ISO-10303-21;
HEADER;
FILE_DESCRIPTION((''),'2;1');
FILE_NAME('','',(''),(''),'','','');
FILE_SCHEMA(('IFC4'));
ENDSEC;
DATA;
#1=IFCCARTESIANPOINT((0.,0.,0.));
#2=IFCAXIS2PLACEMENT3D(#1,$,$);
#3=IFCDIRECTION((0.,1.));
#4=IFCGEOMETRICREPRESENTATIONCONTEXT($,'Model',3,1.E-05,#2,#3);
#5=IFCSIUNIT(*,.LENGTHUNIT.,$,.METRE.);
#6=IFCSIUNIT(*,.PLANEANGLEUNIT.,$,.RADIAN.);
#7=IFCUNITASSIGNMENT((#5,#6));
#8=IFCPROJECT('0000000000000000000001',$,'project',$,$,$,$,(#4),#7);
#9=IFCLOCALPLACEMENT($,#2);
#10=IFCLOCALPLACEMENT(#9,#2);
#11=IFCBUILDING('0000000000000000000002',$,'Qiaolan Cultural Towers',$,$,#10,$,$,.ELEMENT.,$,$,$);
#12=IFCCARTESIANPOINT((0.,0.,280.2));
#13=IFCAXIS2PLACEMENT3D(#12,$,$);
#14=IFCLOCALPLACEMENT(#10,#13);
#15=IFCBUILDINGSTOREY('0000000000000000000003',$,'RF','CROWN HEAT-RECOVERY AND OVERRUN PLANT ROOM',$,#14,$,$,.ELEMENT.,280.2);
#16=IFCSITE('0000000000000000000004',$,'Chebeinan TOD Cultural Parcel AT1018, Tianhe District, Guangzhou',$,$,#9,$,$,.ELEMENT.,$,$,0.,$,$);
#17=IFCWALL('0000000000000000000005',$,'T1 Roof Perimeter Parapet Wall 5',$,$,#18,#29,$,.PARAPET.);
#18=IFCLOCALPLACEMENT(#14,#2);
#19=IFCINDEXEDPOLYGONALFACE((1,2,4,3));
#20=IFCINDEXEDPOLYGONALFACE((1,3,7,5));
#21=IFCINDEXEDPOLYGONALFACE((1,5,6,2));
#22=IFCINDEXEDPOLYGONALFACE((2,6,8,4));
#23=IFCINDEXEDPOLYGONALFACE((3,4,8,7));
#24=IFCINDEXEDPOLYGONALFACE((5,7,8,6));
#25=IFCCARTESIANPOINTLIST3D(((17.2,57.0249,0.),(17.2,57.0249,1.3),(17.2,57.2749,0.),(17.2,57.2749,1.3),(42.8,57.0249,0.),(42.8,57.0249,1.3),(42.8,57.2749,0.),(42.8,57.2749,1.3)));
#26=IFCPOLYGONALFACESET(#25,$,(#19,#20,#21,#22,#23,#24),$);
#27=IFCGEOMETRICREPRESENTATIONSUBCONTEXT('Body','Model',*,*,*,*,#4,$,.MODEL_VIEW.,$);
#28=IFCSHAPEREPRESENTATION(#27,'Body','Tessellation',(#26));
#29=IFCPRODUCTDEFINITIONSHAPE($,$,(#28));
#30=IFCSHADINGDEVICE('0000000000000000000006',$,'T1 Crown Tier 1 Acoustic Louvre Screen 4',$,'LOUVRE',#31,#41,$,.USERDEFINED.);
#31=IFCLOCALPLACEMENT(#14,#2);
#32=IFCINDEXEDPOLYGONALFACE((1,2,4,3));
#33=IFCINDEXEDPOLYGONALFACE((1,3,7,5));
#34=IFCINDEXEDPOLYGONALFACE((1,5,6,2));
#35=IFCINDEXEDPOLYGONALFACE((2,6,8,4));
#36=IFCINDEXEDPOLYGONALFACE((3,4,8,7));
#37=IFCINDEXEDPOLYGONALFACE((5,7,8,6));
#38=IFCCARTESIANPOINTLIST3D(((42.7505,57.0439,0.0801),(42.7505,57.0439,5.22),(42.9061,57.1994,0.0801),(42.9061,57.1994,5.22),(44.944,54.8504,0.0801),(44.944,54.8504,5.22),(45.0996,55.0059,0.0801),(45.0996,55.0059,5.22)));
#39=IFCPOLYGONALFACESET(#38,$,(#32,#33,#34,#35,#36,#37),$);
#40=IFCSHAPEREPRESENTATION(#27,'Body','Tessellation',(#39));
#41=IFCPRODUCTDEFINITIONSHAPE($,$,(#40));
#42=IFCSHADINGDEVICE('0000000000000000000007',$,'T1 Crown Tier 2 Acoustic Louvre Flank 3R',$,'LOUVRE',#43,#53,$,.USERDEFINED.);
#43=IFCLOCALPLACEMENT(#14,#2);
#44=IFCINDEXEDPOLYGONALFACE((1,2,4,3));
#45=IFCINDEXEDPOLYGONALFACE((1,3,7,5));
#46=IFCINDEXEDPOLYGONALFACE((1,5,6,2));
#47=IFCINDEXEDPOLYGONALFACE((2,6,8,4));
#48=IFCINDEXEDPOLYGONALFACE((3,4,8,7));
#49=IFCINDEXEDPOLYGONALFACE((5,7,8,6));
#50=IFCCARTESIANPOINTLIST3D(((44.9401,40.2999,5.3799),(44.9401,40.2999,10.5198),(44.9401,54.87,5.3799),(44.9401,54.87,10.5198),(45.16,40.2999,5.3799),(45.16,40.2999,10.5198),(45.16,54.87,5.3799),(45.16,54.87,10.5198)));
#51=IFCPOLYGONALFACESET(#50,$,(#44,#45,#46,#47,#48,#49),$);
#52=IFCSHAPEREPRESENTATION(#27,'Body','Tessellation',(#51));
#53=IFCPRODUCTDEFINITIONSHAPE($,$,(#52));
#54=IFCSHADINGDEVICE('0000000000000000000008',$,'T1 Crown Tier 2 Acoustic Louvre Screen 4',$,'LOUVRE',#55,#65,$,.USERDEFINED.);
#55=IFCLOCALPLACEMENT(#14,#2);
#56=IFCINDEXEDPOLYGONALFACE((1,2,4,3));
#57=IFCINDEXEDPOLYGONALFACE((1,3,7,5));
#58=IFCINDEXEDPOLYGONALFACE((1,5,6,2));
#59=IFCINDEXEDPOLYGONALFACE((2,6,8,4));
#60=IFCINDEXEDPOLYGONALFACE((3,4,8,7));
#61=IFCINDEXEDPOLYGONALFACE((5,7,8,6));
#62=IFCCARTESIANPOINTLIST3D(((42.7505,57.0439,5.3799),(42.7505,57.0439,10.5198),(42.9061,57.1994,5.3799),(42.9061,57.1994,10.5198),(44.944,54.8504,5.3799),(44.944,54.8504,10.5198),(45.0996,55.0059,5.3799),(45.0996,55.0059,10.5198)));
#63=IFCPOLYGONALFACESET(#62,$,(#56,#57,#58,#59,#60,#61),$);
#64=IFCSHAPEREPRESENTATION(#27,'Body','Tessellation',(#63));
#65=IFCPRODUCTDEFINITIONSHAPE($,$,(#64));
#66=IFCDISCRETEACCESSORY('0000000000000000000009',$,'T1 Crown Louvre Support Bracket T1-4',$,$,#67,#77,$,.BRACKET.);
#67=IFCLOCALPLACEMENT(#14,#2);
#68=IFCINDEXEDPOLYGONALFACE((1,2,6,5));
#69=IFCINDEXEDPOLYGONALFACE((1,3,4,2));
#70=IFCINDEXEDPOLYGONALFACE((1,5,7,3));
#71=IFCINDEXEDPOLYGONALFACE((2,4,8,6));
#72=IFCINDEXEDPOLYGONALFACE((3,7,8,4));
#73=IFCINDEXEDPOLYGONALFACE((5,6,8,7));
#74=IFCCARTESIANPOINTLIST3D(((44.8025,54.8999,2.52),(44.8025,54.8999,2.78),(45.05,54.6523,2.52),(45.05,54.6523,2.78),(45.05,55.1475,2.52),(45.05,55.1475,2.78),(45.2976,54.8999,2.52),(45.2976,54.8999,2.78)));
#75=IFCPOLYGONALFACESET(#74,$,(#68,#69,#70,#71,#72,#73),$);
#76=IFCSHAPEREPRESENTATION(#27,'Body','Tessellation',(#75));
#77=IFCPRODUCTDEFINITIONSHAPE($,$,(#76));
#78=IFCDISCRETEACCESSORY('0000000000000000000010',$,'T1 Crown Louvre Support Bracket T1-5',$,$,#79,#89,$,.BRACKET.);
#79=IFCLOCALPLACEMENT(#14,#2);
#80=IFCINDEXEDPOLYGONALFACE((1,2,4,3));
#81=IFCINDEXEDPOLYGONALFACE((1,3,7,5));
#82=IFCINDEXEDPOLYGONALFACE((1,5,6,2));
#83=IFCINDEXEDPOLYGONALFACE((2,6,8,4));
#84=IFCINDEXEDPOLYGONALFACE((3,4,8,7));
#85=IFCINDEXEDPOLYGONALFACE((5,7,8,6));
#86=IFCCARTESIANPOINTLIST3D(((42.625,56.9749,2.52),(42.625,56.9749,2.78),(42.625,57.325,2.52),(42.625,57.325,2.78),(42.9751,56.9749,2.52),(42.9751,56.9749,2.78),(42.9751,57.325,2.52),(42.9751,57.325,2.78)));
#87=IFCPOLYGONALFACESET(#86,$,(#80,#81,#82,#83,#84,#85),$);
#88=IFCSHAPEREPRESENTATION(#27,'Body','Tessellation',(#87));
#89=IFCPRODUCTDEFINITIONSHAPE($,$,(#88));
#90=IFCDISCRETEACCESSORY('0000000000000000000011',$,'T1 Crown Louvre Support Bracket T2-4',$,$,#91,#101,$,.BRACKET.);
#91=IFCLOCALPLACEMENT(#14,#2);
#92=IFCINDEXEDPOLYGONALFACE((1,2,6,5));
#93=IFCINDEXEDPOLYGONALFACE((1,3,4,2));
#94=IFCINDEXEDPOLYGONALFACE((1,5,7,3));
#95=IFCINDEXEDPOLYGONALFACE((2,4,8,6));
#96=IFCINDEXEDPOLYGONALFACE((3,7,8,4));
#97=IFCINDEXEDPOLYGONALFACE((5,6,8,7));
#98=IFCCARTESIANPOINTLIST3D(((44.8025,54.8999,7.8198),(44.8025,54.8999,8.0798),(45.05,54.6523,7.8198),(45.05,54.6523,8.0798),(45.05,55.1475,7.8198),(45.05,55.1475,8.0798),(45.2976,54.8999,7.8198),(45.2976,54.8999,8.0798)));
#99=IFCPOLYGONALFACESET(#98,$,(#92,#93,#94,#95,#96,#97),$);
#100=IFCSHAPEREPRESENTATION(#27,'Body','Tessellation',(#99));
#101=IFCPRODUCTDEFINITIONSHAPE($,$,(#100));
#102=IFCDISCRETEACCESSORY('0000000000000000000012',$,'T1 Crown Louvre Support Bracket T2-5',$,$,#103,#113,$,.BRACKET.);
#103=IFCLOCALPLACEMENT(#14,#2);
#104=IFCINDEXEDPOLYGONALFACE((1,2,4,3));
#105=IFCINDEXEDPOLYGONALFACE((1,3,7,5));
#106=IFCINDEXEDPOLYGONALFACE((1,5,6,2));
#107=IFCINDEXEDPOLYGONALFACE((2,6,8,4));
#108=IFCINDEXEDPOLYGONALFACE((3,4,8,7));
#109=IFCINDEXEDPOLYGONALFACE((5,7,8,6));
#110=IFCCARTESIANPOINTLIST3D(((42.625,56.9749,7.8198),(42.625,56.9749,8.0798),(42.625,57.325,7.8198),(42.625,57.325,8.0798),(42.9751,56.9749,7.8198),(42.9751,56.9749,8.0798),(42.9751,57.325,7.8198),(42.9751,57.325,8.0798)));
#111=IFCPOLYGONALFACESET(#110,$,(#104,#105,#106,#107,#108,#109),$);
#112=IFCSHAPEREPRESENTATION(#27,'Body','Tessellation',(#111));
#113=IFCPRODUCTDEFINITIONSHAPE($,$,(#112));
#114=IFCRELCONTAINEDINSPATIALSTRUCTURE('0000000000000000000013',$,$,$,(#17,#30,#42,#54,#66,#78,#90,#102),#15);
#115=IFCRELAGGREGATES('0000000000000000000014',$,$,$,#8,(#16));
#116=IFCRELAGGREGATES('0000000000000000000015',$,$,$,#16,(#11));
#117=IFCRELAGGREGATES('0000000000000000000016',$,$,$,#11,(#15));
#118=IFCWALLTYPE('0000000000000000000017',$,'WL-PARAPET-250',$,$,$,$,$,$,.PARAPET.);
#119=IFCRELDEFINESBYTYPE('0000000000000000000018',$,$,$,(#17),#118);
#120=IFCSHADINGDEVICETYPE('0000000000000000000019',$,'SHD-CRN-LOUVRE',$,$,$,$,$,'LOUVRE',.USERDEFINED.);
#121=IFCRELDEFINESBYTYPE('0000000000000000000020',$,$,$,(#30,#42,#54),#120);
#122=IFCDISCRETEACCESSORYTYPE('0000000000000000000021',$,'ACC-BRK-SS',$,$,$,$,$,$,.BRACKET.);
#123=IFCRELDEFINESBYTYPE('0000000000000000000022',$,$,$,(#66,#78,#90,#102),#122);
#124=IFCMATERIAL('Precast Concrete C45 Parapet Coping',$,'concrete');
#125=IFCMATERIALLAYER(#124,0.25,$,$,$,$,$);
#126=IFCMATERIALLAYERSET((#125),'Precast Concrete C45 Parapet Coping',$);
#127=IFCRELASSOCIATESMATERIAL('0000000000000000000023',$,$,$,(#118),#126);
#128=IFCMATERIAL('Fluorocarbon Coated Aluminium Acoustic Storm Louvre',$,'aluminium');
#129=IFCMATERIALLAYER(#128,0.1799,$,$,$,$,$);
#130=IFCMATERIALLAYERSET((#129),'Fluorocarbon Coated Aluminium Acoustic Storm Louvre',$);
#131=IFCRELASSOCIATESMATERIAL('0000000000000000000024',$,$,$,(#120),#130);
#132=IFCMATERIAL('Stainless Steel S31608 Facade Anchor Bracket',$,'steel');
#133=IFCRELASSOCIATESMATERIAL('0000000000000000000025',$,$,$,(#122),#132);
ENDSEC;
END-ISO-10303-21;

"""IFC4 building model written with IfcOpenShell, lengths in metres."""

from ifc_helpers import new_model, si_unit, direction, frame, frame_2d, origin, origin_2d, place, context, subcontext, project, spatial, rectangle, extrude, material, layer, layer_set, type_object, element, save


model = new_model("IFC4")

# Units and contexts
model_context = context("Model", 3, precision=1e-05, world=origin(), true_north=direction((0.0, 1.0)))
body_context = subcontext(model_context, "Body", "Model", "MODEL_VIEW")
ifc_project = project(units=[si_unit("LENGTHUNIT", "METRE"), si_unit("PLANEANGLEUNIT", "RADIAN")], contexts=[model_context])

# Site, building, storey
site_placement = place(None, origin())
site = spatial("IfcSite", under=ifc_project, at=site_placement, Name="Chebeinan TOD Cultural Parcel AT1018, Tianhe District, Guangzhou", CompositionType="ELEMENT", RefElevation=0.0)
building_placement = place(site_placement, origin())
building = spatial("IfcBuilding", under=site, at=building_placement, Name="Qiaolan Cultural Towers", CompositionType="ELEMENT")
storey_placement = place(building_placement, frame((0.0, 0.0, 280.2)))
storey = spatial("IfcBuildingStorey", under=building, at=storey_placement, Name="RF", Description="CROWN HEAT-RECOVERY AND OVERRUN PLANT ROOM", CompositionType="ELEMENT", Elevation=280.2)

# Wall
ifc_material_1 = material(Name="Precast Concrete C45 Parapet Coping", Category="concrete")
ifc_layer_1 = layer(ifc_material_1, 0.25)
ifc_layer_set_1 = layer_set([ifc_layer_1], Name="Precast Concrete C45 Parapet Coping")
wall_type = type_object("IfcWallType", Name="WL-PARAPET-250", PredefinedType="PARAPET", material=ifc_layer_set_1)
wall_1_placement = place(storey_placement, frame((42.8, 57.1499, 0.0), z_axis=(0.0, 0.0, 1.0), x_axis=(-1.0, 0.0, 0.0)))
element("IfcWall", 1, at=wall_1_placement, inside=storey, type_object=wall_type, Name="T1 Roof Perimeter Parapet Wall 5", PredefinedType="PARAPET", context=body_context, shape_type="SweptSolid", body=[
    extrude(rectangle(XDim=25.6001, YDim=0.25, at=frame_2d((12.8, 0.0))), origin(), (0.0, 0.0, 1.0), 1.3),
])

# Shading devices
ifc_material_2 = material(Name="Fluorocarbon Coated Aluminium Acoustic Storm Louvre", Category="aluminium")
ifc_layer_2 = layer(ifc_material_2, 0.1799)
ifc_layer_set_2 = layer_set([ifc_layer_2], Name="Fluorocarbon Coated Aluminium Acoustic Storm Louvre")
shading_device_type = type_object("IfcShadingDeviceType", Name="SHD-CRN-LOUVRE", ElementType="LOUVRE", PredefinedType="USERDEFINED", material=ifc_layer_set_2)
shading_device_1_placement = place(storey_placement, frame((43.925, 56.0249, 0.0801), z_axis=(0.0, 0.0, 1.0), x_axis=(-0.707107, 0.707107, 0.0)))
element("IfcShadingDevice", 2, at=shading_device_1_placement, inside=storey, type_object=shading_device_type, Name="T1 Crown Tier 1 Acoustic Louvre Screen 4", ObjectType="LOUVRE", PredefinedType="USERDEFINED", context=body_context, shape_type="SweptSolid", body=[
    extrude(rectangle(XDim=3.1021, YDim=0.22, at=origin_2d()), origin(), (0.0, 0.0, 1.0), 5.1399),
])
shading_device_2_placement = place(storey_placement, frame((45.05, 47.585, 5.3799), z_axis=(0.0, 0.0, 1.0), x_axis=(0.0, 1.0, 0.0)))
element("IfcShadingDevice", 3, at=shading_device_2_placement, inside=storey, type_object=shading_device_type, Name="T1 Crown Tier 2 Acoustic Louvre Flank 3R", ObjectType="LOUVRE", PredefinedType="USERDEFINED", context=body_context, shape_type="SweptSolid", body=[
    extrude(rectangle(XDim=14.5701, YDim=0.22, at=origin_2d()), origin(), (0.0, 0.0, 1.0), 5.1399),
])
shading_device_3_placement = place(storey_placement, frame((43.925, 56.0249, 5.3799), z_axis=(0.0, 0.0, 1.0), x_axis=(-0.707107, 0.707107, 0.0)))
element("IfcShadingDevice", 4, at=shading_device_3_placement, inside=storey, type_object=shading_device_type, Name="T1 Crown Tier 2 Acoustic Louvre Screen 4", ObjectType="LOUVRE", PredefinedType="USERDEFINED", context=body_context, shape_type="SweptSolid", body=[
    extrude(rectangle(XDim=3.1021, YDim=0.22, at=origin_2d()), origin(), (0.0, 0.0, 1.0), 5.1399),
])

# Discrete accessories
ifc_material_3 = material(Name="Stainless Steel S31608 Facade Anchor Bracket", Category="steel")
discrete_accessory_type = type_object("IfcDiscreteAccessoryType", Name="ACC-BRK-SS", PredefinedType="BRACKET", material=ifc_material_3)
for number, where, z_axis, x_axis, name in (
    (5, (45.05, 54.8999, 2.52), (0.0, 0.0, 1.0), (-0.707107, 0.707107, 0.0), "T1 Crown Louvre Support Bracket T1-4"),
    (6, (42.8, 57.1499, 2.52), (0.0, 0.0, 1.0), (-1.0, 0.0, 0.0), "T1 Crown Louvre Support Bracket T1-5"),
    (7, (45.05, 54.8999, 7.8198), (0.0, 0.0, 1.0), (-0.707107, 0.707107, 0.0), "T1 Crown Louvre Support Bracket T2-4"),
    (8, (42.8, 57.1499, 7.8198), (0.0, 0.0, 1.0), (-1.0, 0.0, 0.0), "T1 Crown Louvre Support Bracket T2-5"),
):
    element("IfcDiscreteAccessory", number, at=place(storey_placement, frame(where, z_axis=z_axis, x_axis=x_axis)), inside=storey, type_object=discrete_accessory_type, Name=name, PredefinedType="BRACKET", context=body_context, shape_type="SweptSolid", body=[
        extrude(rectangle(XDim=0.3501, YDim=0.3501, at=origin_2d()), origin(), (0.0, 0.0, 1.0), 0.26),
    ])

save(model, "model.ifc")
